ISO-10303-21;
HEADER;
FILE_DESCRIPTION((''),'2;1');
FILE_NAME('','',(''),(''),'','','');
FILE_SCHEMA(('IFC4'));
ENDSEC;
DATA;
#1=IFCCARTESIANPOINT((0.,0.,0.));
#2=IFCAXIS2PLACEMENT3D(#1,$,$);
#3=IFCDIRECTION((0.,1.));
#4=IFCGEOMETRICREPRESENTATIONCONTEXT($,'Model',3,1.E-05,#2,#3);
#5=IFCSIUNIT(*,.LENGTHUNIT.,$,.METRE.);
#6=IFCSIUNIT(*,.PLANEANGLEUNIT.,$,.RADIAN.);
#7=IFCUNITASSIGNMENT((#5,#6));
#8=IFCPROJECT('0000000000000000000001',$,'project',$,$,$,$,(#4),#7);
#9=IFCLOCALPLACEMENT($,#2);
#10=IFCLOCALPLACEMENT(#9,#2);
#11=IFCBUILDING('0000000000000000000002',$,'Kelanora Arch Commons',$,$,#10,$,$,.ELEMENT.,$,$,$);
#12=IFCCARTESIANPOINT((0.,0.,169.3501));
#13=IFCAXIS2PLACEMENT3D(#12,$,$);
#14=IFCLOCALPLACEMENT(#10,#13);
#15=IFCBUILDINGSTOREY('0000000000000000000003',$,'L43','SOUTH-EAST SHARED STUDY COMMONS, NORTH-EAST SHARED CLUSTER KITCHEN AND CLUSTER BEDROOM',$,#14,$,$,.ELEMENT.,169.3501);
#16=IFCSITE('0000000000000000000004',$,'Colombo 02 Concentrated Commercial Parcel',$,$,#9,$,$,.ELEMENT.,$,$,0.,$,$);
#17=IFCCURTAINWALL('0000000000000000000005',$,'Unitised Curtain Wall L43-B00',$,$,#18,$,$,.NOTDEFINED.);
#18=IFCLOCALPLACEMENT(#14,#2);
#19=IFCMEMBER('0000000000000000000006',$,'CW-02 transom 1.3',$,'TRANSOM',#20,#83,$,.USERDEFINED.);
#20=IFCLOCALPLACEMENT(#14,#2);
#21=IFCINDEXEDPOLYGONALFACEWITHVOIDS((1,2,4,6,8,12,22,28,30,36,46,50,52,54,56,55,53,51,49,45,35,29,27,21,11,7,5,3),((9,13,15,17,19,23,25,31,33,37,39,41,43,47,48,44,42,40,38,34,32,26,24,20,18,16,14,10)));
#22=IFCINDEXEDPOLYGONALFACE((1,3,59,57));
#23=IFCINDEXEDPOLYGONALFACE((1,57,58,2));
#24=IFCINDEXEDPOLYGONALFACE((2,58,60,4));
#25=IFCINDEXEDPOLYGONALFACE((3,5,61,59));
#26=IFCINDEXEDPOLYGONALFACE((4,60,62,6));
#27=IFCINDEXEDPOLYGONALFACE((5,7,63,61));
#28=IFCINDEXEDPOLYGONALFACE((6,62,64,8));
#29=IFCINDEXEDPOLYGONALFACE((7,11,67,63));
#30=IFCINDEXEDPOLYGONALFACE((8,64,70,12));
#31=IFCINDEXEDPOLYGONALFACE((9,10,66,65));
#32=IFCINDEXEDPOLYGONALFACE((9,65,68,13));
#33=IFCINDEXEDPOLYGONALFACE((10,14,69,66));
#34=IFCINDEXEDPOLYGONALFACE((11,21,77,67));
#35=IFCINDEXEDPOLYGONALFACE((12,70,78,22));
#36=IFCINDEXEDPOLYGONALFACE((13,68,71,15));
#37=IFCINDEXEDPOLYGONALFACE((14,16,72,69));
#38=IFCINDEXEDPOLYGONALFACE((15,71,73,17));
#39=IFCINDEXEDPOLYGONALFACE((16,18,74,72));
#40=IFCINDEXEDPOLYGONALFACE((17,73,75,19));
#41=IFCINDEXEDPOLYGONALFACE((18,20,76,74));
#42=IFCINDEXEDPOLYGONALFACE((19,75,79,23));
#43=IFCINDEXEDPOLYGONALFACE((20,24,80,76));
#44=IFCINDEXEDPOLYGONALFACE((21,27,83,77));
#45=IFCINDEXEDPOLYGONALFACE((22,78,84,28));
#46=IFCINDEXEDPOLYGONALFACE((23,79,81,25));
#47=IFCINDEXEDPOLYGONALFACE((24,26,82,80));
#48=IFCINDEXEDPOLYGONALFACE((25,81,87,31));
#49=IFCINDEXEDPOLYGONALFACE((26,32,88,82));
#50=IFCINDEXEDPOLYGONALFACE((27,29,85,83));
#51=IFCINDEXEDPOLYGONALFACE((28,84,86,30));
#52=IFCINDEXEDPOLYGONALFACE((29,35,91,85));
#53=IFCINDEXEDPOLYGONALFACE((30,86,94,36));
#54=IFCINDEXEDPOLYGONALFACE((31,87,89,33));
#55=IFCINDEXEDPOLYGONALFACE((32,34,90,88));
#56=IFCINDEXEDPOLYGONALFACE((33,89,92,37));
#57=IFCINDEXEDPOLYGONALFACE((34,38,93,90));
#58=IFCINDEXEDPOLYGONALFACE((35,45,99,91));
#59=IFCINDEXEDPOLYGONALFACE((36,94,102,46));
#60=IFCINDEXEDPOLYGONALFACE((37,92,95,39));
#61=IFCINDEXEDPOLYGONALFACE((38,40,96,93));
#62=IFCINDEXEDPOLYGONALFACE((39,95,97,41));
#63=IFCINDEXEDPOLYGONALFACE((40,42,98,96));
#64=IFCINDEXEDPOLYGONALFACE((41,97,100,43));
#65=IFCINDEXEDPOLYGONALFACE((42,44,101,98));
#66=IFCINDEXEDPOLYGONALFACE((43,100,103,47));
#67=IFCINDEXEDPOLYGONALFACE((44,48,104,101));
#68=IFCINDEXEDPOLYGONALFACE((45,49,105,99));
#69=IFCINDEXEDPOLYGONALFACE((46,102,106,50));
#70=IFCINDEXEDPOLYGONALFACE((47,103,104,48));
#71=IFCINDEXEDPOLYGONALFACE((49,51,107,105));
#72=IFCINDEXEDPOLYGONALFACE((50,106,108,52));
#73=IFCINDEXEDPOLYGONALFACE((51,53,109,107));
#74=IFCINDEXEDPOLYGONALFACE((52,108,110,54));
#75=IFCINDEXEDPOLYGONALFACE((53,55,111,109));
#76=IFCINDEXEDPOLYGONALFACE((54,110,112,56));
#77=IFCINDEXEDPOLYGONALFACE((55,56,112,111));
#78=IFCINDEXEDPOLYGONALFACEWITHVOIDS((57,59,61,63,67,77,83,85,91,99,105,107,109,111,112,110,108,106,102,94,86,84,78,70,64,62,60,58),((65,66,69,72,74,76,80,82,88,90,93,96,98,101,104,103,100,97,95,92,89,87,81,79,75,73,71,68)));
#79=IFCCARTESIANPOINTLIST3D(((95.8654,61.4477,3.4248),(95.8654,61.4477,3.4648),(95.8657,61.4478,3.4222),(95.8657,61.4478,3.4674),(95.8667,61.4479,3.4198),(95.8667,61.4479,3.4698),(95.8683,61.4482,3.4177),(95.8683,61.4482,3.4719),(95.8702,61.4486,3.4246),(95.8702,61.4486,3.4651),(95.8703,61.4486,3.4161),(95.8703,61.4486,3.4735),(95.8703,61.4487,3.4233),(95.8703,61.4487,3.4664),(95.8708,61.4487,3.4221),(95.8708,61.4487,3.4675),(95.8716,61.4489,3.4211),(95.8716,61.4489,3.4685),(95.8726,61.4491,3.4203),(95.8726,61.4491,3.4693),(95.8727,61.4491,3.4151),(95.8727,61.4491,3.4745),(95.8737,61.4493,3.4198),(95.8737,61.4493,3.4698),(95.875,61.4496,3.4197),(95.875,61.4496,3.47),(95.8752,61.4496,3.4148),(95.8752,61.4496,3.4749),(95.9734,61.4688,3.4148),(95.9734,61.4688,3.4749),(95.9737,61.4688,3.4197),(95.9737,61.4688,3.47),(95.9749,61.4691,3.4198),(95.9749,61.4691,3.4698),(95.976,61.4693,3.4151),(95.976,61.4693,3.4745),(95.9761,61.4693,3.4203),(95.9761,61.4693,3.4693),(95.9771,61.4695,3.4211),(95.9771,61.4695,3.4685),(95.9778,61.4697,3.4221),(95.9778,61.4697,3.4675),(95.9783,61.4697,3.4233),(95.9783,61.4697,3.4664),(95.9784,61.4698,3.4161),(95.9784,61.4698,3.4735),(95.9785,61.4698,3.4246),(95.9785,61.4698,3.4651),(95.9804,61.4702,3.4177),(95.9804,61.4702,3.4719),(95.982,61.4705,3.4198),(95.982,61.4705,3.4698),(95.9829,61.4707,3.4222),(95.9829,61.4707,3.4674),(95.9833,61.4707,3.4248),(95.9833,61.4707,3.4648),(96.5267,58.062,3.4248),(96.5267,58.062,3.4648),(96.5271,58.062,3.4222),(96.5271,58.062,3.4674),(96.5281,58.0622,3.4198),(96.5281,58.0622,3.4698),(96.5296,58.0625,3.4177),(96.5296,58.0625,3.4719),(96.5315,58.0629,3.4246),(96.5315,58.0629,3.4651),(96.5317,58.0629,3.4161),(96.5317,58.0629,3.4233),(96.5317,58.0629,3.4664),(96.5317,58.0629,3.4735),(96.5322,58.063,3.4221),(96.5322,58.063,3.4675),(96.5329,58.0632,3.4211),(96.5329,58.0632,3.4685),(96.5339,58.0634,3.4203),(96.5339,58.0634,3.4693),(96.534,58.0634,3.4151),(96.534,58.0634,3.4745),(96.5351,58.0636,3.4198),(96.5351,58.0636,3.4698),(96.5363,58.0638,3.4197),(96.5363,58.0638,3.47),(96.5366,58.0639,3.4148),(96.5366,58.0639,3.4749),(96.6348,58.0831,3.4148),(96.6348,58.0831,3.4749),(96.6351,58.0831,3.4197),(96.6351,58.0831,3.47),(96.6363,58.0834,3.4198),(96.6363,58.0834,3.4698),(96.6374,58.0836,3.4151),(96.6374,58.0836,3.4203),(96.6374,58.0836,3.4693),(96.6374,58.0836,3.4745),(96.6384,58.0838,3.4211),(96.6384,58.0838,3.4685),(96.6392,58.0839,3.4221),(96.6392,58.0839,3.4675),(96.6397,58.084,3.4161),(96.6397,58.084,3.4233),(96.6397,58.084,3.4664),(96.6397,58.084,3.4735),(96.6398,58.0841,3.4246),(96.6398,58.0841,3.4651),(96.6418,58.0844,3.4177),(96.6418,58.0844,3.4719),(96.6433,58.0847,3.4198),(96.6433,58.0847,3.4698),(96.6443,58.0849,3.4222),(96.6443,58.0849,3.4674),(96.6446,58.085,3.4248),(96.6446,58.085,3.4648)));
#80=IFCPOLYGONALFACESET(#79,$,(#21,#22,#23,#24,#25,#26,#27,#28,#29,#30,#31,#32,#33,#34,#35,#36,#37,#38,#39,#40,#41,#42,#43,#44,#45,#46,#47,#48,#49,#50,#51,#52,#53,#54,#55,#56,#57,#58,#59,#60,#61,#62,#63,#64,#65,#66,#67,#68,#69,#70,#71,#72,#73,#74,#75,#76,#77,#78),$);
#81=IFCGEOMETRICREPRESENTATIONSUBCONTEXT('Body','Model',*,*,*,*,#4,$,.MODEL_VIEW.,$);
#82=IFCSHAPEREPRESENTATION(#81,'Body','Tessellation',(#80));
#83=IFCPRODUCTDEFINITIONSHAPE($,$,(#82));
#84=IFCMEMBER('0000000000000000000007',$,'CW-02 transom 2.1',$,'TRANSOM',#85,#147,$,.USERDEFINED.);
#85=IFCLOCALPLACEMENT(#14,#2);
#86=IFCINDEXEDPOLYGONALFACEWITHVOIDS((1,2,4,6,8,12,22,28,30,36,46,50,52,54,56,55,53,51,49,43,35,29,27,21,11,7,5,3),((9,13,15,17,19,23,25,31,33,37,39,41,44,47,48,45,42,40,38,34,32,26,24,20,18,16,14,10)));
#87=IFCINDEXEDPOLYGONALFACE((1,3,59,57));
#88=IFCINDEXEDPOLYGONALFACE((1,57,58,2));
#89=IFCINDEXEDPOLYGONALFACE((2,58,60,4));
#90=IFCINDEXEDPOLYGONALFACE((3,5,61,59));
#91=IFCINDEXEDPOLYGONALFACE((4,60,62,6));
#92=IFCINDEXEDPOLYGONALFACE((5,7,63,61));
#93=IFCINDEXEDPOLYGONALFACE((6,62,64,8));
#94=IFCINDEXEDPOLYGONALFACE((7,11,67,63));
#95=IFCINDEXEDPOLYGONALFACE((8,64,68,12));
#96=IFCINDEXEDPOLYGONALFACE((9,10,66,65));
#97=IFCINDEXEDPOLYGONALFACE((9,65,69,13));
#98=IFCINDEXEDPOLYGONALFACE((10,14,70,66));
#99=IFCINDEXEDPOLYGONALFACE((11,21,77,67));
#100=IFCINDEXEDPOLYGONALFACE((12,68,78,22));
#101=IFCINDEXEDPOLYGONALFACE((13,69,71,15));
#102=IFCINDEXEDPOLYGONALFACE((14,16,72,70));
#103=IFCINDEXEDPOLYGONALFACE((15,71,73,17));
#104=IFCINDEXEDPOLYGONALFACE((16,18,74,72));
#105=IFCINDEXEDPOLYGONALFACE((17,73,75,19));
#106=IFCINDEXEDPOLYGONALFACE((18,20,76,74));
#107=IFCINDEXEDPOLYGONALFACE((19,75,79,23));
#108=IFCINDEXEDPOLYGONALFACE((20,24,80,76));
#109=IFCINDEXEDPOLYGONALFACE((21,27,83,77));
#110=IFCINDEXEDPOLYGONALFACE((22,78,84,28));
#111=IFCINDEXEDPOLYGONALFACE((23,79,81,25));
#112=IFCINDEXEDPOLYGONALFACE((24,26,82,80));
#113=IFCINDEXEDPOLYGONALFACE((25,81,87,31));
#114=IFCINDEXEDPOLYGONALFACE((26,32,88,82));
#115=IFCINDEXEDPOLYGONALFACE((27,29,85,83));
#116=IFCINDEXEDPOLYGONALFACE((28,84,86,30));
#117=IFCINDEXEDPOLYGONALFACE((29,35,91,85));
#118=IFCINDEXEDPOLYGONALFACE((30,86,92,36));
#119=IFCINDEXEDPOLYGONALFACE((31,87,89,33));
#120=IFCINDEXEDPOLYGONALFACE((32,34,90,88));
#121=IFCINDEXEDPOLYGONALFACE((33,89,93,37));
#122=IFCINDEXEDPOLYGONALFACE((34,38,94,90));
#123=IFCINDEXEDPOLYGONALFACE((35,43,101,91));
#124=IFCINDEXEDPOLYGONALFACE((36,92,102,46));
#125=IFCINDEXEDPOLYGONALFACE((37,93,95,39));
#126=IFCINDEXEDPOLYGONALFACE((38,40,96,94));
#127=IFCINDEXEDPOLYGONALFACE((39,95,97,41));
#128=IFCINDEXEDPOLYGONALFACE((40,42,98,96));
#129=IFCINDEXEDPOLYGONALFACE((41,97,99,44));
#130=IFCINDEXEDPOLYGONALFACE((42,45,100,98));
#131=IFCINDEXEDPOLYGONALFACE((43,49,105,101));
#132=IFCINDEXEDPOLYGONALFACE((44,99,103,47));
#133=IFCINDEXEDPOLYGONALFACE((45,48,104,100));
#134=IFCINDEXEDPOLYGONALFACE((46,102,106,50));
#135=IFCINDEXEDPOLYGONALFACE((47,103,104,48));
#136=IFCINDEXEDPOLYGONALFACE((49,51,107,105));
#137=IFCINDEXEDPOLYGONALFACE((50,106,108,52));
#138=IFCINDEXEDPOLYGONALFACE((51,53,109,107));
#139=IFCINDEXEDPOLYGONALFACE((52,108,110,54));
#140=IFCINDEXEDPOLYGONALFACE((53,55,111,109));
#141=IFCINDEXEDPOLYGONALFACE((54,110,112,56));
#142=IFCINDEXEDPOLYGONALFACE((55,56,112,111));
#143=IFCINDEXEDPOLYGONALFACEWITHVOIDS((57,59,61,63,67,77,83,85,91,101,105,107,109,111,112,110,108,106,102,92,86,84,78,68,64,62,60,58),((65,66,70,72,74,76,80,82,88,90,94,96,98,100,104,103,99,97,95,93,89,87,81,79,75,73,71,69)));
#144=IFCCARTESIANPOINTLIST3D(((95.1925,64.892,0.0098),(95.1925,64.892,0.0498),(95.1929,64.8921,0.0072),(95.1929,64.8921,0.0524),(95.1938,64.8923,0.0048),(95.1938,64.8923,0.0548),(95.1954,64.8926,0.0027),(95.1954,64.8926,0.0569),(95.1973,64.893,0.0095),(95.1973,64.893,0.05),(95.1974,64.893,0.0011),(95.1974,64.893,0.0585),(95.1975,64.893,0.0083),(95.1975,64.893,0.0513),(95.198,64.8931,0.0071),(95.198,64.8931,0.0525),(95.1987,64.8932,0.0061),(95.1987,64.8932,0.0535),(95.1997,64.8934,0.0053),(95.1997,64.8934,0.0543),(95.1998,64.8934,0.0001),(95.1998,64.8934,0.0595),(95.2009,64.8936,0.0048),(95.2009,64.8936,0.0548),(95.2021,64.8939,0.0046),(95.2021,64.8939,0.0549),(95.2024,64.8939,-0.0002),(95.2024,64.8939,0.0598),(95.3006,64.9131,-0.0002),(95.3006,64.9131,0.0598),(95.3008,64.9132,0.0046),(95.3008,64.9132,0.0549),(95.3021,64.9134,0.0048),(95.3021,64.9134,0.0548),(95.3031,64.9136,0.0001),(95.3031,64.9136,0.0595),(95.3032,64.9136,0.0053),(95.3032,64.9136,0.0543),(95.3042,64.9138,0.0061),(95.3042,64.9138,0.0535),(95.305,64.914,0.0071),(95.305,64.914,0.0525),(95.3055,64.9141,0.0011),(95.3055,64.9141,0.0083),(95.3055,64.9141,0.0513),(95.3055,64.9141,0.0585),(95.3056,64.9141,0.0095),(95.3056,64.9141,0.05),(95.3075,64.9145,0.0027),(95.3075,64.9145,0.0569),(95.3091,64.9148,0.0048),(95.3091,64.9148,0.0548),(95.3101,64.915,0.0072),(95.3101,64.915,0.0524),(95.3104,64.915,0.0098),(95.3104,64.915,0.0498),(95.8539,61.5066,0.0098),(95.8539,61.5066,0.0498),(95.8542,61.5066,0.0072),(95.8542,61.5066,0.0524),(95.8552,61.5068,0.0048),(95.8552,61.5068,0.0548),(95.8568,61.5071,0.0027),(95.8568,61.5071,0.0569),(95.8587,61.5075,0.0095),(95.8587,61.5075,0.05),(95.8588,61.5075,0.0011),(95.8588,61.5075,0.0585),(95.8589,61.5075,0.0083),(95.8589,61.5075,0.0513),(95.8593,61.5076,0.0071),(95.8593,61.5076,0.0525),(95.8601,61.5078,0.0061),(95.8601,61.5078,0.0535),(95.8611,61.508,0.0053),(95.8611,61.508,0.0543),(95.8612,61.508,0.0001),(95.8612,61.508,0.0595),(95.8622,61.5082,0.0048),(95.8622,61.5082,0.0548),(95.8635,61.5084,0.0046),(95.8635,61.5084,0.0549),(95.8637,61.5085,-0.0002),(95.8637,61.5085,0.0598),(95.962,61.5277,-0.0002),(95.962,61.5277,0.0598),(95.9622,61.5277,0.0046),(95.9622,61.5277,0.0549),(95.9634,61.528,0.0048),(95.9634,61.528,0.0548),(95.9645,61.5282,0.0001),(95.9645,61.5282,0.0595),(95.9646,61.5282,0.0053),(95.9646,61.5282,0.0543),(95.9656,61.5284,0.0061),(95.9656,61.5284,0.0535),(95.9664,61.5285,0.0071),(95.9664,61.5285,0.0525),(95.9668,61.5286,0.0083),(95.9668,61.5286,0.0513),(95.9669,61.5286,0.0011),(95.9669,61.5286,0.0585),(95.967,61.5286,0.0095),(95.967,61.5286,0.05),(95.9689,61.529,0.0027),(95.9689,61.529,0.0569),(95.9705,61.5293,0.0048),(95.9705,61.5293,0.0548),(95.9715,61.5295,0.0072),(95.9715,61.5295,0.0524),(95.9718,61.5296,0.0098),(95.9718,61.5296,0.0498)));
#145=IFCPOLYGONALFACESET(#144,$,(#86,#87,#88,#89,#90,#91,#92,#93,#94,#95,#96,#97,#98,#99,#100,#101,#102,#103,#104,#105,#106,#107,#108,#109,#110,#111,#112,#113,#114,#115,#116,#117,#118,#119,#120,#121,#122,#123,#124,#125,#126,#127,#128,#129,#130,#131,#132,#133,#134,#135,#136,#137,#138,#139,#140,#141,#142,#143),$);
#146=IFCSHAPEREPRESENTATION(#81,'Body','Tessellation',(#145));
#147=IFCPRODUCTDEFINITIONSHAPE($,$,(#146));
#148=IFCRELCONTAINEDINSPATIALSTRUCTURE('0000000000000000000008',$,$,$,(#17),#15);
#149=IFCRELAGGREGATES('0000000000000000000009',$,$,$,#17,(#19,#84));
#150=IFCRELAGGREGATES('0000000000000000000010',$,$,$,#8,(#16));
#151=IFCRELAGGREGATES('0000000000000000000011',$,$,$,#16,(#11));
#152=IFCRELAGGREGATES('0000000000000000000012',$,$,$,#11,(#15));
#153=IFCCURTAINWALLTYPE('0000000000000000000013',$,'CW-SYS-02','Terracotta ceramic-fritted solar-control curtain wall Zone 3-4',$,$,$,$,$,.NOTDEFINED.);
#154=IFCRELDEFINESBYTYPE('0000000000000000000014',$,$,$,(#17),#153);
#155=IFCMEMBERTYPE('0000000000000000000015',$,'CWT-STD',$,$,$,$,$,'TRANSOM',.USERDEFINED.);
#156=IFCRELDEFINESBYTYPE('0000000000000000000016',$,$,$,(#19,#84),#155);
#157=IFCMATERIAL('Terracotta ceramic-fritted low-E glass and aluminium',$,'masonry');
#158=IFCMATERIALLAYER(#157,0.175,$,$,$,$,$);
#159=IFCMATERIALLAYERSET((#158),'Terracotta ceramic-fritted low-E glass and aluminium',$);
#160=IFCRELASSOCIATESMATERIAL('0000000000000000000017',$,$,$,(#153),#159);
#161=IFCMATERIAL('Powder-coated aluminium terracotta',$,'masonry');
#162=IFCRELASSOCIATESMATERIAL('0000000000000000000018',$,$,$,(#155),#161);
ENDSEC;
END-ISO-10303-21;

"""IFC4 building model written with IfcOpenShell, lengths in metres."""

from ifc_helpers import new_model, si_unit, direction, frame, origin, origin_2d, place, context, subcontext, project, spatial, hollow_rectangle, extrude, material, layer, layer_set, material_profile, profile_set, type_object, element, aggregate, save


model = new_model("IFC4")

# Units and contexts
model_context = context("Model", 3, precision=1e-05, world=origin(), true_north=direction((0.0, 1.0)))
body_context = subcontext(model_context, "Body", "Model", "MODEL_VIEW")
ifc_project = project(units=[si_unit("LENGTHUNIT", "METRE"), si_unit("PLANEANGLEUNIT", "RADIAN")], contexts=[model_context])

# Site, building, storey
site_placement = place(None, origin())
site = spatial("IfcSite", under=ifc_project, at=site_placement, Name="Colombo 02 Concentrated Commercial Parcel", CompositionType="ELEMENT", RefElevation=0.0)
building_placement = place(site_placement, origin())
building = spatial("IfcBuilding", under=site, at=building_placement, Name="Kelanora Arch Commons", CompositionType="ELEMENT")
storey_placement = place(building_placement, frame((0.0, 0.0, 169.3501)))
storey = spatial("IfcBuildingStorey", under=building, at=storey_placement, Name="L43", Description="SOUTH-EAST SHARED STUDY COMMONS, NORTH-EAST SHARED CLUSTER KITCHEN AND CLUSTER BEDROOM", CompositionType="ELEMENT", Elevation=169.3501)

# Curtain wall, members
ifc_material_1 = material(Name="Terracotta ceramic-fritted low-E glass and aluminium", Category="masonry")
ifc_layer_1 = layer(ifc_material_1, 0.175)
ifc_layer_set_1 = layer_set([ifc_layer_1], Name="Terracotta ceramic-fritted low-E glass and aluminium")
curtain_wall_type = type_object("IfcCurtainWallType", Name="CW-SYS-02", Description="Terracotta ceramic-fritted solar-control curtain wall Zone 3-4", PredefinedType="NOTDEFINED", material=ifc_layer_set_1)
curtain_wall_placement = place(storey_placement, origin())
curtain_wall = element("IfcCurtainWall", 1, at=curtain_wall_placement, inside=storey, type_object=curtain_wall_type, Name="Unitised Curtain Wall L43-B00", PredefinedType="NOTDEFINED")
ifc_material_2 = material(Name="Powder-coated aluminium terracotta", Category="masonry")
ifc_material_profile_1 = material_profile(ifc_material_2, hollow_rectangle(XDim=0.1201, YDim=0.0601, WallThickness=0.0049, InnerFilletRadius=0.0049, OuterFilletRadius=0.01, at=origin_2d()), Name="CWT120x60")
ifc_profile_set_1 = profile_set([ifc_material_profile_1], Name="Powder-coated aluminium terracotta")
member_type_1 = type_object("IfcMemberType", Name="CWT-STD", ElementType="TRANSOM", PredefinedType="USERDEFINED", material=ifc_profile_set_1)
member_1_placement = place(storey_placement, frame((96.5857, 58.0735, 3.4448), z_axis=(-0.191718, 0.98145, 0.0), x_axis=(-0.98145, -0.191718, 0.0)))
member_1 = element("IfcMember", 2, at=member_1_placement, type_object=member_type_1, Name="CW-02 transom 1.3", ObjectType="TRANSOM", PredefinedType="USERDEFINED", context=body_context, shape_type="SweptSolid", body=[
    extrude(hollow_rectangle(XDim=0.1201, YDim=0.0601, WallThickness=0.0049, InnerFilletRadius=0.0049, OuterFilletRadius=0.01, at=origin_2d()), origin(), (0.0, 0.0, 1.0), 3.4497),
])
member_2_placement = place(storey_placement, frame((95.9128, 61.5181, 0.0298), z_axis=(-0.191732, 0.981447, 0.0), x_axis=(-0.981447, -0.191732, 0.0)))
member_2 = element("IfcMember", 3, at=member_2_placement, type_object=member_type_1, Name="CW-02 transom 2.1", ObjectType="TRANSOM", PredefinedType="USERDEFINED", context=body_context, shape_type="SweptSolid", body=[
    extrude(hollow_rectangle(XDim=0.1201, YDim=0.0601, WallThickness=0.0049, InnerFilletRadius=0.0049, OuterFilletRadius=0.01, at=origin_2d()), origin(), (0.0, 0.0, 1.0), 3.4495),
])
aggregate(curtain_wall, [member_1, member_2])

save(model, "model.ifc")
